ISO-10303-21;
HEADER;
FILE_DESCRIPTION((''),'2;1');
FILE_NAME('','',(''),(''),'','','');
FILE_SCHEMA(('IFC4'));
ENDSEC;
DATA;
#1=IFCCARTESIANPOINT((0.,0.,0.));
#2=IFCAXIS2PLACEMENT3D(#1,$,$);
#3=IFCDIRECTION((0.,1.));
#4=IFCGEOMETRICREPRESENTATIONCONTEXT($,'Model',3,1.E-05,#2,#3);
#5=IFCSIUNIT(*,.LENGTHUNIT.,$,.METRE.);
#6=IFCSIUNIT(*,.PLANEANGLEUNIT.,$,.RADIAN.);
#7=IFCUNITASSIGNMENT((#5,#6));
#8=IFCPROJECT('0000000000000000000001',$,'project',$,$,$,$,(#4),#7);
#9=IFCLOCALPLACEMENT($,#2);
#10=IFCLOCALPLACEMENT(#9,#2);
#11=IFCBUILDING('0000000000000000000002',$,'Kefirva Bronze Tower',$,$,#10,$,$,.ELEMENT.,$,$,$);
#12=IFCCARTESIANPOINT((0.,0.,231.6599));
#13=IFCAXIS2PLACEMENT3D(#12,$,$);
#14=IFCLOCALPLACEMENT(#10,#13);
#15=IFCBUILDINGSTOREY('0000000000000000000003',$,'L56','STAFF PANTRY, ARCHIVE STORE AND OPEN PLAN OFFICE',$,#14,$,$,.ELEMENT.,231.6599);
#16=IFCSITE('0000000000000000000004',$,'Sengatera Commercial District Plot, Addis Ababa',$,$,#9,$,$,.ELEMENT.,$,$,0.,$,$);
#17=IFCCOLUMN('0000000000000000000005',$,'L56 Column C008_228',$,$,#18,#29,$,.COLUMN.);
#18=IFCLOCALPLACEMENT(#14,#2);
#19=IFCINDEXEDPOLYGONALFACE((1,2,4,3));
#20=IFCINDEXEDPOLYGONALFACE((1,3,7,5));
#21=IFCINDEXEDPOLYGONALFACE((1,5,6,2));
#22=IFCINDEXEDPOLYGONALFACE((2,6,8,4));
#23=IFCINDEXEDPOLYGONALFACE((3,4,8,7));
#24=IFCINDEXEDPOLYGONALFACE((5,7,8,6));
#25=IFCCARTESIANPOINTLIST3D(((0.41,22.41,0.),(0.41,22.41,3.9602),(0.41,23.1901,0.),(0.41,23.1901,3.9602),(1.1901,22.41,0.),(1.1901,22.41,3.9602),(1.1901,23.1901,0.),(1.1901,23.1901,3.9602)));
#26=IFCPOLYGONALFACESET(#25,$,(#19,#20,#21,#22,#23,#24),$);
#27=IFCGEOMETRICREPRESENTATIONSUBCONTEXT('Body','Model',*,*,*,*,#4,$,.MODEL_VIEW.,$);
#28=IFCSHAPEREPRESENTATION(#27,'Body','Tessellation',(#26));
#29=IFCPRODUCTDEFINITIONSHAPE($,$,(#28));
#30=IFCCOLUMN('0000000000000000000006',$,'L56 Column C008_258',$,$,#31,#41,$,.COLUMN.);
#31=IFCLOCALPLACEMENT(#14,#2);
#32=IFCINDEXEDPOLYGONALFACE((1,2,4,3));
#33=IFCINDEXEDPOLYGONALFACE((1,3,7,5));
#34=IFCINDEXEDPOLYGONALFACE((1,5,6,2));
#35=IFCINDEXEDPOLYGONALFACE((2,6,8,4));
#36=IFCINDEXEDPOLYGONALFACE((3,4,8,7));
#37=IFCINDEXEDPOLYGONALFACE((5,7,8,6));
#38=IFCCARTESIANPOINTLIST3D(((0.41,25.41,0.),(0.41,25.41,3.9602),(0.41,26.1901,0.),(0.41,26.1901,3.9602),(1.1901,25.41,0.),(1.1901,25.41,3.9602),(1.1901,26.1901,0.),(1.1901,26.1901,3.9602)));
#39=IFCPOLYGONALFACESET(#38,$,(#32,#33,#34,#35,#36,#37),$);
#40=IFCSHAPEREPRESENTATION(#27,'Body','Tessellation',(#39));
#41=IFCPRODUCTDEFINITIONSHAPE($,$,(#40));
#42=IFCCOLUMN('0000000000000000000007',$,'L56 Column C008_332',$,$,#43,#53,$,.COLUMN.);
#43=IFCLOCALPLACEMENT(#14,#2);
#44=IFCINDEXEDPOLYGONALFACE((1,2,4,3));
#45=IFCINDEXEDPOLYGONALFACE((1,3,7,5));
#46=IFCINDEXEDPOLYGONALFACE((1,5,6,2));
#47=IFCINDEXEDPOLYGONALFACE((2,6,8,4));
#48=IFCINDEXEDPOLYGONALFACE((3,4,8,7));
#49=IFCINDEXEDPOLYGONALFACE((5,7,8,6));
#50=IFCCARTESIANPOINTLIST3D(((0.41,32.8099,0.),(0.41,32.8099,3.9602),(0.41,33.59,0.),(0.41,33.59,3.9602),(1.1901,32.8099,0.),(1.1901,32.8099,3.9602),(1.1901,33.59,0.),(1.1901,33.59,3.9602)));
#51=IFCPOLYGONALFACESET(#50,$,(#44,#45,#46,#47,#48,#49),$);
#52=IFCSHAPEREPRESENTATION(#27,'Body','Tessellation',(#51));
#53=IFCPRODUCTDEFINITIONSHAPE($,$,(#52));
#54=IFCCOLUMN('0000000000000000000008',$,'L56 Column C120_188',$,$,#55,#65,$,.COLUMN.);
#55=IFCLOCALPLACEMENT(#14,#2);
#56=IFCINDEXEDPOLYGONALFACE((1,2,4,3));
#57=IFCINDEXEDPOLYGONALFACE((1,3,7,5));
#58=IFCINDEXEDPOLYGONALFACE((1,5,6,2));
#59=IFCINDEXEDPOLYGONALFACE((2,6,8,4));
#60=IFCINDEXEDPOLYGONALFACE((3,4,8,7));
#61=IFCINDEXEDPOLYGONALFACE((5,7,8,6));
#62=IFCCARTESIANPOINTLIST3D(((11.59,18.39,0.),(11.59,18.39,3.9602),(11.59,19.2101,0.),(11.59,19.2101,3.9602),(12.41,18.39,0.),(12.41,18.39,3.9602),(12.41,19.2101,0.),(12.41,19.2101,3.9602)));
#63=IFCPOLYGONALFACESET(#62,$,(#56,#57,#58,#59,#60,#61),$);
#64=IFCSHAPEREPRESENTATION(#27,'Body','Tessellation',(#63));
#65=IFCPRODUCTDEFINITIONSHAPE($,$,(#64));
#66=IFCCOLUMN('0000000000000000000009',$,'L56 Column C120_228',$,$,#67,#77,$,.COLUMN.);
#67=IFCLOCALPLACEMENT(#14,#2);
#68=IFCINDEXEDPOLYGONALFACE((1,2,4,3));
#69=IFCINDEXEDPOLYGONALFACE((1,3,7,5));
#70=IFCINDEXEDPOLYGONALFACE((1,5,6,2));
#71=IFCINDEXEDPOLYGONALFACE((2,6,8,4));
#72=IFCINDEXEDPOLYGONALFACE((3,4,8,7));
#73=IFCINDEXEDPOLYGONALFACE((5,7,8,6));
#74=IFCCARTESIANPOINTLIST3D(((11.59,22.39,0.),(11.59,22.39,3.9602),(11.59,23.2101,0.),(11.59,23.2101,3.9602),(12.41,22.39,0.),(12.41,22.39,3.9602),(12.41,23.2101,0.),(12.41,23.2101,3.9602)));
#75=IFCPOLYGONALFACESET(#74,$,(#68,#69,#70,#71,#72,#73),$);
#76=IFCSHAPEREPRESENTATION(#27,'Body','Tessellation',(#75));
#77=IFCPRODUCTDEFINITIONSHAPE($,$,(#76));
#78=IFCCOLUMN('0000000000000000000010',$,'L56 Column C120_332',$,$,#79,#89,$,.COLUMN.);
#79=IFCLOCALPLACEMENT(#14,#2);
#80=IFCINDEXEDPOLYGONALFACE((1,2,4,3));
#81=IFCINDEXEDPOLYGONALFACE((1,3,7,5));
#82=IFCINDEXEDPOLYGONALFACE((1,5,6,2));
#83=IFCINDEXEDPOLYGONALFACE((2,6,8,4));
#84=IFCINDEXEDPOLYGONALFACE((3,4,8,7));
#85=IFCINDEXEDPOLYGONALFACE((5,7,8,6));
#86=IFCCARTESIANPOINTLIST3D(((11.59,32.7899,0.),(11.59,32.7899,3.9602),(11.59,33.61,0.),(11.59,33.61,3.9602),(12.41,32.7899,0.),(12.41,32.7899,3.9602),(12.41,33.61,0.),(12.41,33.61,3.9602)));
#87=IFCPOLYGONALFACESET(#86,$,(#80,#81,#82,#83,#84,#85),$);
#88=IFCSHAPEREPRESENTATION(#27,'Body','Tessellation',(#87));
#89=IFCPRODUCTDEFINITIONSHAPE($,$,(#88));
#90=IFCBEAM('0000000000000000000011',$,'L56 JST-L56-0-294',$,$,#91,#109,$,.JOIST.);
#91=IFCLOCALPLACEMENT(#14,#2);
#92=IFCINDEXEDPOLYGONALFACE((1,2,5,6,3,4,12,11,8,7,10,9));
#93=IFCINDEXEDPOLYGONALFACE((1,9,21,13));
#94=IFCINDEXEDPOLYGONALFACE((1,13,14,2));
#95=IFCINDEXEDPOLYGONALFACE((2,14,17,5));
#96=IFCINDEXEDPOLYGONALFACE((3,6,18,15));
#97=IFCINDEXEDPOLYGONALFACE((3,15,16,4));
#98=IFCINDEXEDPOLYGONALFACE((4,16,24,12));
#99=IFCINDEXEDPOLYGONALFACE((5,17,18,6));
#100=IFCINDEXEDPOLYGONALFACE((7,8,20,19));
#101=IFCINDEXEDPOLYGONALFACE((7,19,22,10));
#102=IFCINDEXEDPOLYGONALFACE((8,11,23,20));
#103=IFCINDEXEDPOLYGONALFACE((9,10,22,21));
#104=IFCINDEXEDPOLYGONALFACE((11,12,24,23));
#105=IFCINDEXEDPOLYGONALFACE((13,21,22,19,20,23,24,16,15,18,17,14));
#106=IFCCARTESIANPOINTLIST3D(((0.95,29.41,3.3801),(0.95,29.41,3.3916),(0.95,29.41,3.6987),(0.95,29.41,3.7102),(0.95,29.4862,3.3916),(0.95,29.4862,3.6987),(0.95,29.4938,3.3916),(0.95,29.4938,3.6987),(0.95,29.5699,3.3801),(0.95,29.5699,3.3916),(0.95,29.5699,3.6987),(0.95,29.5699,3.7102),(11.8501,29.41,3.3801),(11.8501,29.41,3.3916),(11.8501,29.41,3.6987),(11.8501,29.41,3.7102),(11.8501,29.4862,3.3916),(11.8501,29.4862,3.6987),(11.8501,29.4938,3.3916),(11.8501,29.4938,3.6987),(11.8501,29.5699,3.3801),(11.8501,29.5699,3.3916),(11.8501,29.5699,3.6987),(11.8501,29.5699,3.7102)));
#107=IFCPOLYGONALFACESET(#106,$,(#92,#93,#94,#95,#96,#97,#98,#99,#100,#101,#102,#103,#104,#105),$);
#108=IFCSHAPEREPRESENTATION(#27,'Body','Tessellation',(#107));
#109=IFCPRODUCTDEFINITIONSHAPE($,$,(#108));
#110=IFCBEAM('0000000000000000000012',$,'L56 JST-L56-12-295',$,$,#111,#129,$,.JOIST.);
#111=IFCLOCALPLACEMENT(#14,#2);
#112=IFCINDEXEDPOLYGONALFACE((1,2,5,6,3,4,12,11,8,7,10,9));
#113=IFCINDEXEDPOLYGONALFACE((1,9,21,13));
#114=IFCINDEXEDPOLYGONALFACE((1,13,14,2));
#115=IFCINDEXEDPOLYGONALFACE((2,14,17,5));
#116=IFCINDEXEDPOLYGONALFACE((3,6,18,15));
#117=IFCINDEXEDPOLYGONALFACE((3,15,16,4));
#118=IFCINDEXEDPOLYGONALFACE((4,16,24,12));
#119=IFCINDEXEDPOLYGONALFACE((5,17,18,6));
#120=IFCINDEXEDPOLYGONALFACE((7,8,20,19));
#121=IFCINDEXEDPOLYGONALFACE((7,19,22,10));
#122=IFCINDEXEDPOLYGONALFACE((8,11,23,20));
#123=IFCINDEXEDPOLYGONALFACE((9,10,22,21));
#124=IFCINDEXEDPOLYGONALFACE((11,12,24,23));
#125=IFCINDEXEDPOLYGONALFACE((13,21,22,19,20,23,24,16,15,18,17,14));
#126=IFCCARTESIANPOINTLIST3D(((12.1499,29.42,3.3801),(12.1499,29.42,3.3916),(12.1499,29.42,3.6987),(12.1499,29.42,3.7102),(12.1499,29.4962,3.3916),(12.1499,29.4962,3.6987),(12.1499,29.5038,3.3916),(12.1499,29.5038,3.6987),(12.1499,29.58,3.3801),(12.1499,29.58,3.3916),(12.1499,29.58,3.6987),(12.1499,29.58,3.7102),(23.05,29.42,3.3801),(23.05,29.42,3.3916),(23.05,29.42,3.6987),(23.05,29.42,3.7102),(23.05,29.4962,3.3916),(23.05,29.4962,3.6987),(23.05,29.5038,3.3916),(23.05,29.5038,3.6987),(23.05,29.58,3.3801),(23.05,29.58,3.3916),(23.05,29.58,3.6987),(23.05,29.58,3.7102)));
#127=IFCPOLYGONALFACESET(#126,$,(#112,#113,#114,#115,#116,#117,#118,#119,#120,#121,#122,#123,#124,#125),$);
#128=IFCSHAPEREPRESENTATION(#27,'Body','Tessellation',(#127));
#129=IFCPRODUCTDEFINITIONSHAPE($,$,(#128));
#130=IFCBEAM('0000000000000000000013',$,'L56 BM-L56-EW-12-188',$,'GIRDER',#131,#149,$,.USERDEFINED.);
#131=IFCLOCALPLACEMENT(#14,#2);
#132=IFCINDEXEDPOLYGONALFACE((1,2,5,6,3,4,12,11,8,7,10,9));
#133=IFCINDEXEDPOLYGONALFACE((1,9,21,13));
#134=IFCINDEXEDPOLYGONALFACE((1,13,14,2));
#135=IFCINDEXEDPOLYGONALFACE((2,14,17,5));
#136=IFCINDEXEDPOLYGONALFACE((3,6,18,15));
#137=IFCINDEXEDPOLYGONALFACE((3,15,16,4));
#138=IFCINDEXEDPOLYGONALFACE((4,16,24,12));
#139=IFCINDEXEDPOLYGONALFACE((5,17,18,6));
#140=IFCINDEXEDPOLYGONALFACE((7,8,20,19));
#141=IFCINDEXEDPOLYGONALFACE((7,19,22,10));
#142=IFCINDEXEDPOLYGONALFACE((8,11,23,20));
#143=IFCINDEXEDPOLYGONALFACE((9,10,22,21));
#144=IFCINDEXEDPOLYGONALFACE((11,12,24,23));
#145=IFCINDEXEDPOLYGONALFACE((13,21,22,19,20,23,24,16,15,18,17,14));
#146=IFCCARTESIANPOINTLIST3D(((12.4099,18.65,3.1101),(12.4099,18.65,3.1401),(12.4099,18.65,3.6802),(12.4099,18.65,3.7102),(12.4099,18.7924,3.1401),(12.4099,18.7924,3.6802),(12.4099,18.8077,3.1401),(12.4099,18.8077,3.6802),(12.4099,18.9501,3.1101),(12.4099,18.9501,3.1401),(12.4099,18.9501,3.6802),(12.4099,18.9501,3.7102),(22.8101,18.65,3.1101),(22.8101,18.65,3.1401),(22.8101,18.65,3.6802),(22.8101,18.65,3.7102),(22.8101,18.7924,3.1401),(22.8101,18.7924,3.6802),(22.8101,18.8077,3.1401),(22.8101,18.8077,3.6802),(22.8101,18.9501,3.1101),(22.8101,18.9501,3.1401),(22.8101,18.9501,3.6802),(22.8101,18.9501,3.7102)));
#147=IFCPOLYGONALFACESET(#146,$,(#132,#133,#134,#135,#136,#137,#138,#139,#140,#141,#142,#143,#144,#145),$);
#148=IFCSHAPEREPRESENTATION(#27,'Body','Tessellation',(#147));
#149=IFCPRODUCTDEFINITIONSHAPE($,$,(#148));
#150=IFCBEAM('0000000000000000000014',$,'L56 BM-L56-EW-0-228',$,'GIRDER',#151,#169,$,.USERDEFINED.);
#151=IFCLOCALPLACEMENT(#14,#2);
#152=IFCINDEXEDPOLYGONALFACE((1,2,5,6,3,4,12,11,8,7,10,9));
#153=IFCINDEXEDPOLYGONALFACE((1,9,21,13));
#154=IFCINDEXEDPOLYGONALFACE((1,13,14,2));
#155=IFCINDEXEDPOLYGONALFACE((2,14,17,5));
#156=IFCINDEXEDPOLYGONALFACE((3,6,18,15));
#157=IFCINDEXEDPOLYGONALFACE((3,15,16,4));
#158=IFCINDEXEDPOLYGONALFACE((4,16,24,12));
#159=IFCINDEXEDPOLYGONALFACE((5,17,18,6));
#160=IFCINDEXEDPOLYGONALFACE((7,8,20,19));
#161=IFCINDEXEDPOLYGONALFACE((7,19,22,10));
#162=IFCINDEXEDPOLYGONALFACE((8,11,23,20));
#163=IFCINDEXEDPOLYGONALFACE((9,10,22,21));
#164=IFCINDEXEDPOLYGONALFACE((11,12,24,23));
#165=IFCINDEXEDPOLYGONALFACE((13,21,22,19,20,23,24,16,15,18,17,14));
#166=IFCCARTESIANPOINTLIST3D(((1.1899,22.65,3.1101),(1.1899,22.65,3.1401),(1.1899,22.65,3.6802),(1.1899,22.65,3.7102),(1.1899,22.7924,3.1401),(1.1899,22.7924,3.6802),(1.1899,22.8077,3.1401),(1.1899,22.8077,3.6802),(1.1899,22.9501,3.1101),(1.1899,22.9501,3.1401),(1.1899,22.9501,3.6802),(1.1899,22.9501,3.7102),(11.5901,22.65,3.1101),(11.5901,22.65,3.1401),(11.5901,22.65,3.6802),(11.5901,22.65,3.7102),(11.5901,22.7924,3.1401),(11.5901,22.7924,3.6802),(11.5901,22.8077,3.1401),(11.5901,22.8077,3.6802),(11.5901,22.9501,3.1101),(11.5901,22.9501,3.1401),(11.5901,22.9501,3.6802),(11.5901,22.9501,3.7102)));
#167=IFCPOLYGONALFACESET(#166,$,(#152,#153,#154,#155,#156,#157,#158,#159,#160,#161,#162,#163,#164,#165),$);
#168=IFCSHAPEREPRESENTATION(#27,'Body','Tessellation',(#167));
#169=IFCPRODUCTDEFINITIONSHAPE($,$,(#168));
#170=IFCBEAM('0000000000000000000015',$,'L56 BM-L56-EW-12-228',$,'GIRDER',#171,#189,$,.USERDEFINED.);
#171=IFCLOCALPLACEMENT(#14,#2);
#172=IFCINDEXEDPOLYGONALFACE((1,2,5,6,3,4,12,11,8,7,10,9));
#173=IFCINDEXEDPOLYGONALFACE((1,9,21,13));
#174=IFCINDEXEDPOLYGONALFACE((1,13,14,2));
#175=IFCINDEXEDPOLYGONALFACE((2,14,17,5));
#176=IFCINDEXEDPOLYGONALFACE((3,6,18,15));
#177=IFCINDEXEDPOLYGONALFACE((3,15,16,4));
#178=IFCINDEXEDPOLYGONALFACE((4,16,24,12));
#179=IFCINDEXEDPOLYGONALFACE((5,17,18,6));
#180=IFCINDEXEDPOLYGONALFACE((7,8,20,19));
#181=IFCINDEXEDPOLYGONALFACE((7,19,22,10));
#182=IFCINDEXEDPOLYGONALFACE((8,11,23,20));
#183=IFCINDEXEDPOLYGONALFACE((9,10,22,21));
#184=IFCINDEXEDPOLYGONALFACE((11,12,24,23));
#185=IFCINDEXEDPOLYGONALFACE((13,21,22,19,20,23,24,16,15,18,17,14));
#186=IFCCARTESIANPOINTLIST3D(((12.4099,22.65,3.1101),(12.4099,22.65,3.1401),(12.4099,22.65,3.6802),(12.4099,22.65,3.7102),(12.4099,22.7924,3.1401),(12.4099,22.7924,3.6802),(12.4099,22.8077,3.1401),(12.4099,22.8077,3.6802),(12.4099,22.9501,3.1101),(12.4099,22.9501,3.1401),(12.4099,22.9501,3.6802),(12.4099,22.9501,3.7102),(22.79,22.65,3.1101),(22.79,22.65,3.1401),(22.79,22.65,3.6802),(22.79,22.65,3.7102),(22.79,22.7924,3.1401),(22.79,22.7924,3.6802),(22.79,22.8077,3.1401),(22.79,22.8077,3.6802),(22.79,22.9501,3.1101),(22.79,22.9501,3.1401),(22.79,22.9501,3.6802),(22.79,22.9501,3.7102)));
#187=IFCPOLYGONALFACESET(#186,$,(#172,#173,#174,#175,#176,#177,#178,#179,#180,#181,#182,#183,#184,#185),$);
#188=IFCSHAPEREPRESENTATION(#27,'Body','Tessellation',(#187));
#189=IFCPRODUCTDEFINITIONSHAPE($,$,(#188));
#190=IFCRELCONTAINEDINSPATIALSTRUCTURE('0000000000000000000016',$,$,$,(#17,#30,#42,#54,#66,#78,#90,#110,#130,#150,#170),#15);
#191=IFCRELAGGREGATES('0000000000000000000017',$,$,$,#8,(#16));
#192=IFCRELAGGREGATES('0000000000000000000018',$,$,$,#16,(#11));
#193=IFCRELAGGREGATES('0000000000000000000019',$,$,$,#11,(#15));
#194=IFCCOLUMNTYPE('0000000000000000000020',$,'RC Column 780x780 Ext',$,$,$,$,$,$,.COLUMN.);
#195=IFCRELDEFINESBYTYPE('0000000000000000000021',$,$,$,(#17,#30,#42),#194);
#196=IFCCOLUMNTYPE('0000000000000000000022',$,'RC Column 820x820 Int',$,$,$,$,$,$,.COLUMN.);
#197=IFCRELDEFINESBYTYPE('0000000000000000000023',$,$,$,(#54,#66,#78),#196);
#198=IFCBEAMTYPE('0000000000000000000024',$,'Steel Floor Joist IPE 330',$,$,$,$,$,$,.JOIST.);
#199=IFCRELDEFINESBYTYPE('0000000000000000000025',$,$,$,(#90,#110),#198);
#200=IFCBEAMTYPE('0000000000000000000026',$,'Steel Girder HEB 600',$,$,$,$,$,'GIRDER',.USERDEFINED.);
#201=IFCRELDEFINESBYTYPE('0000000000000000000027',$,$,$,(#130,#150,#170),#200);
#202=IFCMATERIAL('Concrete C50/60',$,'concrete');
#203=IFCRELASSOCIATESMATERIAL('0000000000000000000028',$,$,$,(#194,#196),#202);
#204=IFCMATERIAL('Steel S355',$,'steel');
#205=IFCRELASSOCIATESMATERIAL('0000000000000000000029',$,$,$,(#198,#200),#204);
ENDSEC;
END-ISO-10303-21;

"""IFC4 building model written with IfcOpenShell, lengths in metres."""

from ifc_helpers import new_model, si_unit, direction, frame, origin, origin_2d, place, context, subcontext, project, spatial, rectangle, i_section, extrude, material, material_profile, profile_set, type_object, element, save


model = new_model("IFC4")

# Units and contexts
model_context = context("Model", 3, precision=1e-05, world=origin(), true_north=direction((0.0, 1.0)))
body_context = subcontext(model_context, "Body", "Model", "MODEL_VIEW")
ifc_project = project(units=[si_unit("LENGTHUNIT", "METRE"), si_unit("PLANEANGLEUNIT", "RADIAN")], contexts=[model_context])

# Site, building, storey
site_placement = place(None, origin())
site = spatial("IfcSite", under=ifc_project, at=site_placement, Name="Sengatera Commercial District Plot, Addis Ababa", CompositionType="ELEMENT", RefElevation=0.0)
building_placement = place(site_placement, origin())
building = spatial("IfcBuilding", under=site, at=building_placement, Name="Kefirva Bronze Tower", CompositionType="ELEMENT")
storey_placement = place(building_placement, frame((0.0, 0.0, 231.6599)))
storey = spatial("IfcBuildingStorey", under=building, at=storey_placement, Name="L56", Description="STAFF PANTRY, ARCHIVE STORE AND OPEN PLAN OFFICE", CompositionType="ELEMENT", Elevation=231.6599)

# Columns
ifc_material_1 = material(Name="Concrete C50/60", Category="concrete")
ifc_material_profile_1 = material_profile(ifc_material_1, rectangle(XDim=0.78, YDim=0.78, at=origin_2d()), Name="RC 780x780")
ifc_profile_set_1 = profile_set([ifc_material_profile_1], Name="Concrete C50/60")
column_type_1 = type_object("IfcColumnType", Name="RC Column 780x780 Ext", PredefinedType="COLUMN", material=ifc_profile_set_1)
for number, where, z_axis, x_axis, name in (
    (1, (0.8, 22.8, 0.0), (0.0, 0.0, 1.0), (1.0, 0.0, 0.0), "L56 Column C008_228"),
    (2, (0.8, 25.8, 0.0), (0.0, 0.0, 1.0), (1.0, 0.0, 0.0), "L56 Column C008_258"),
    (3, (0.8, 33.2, 0.0), (0.0, 0.0, 1.0), (1.0, 0.0, 0.0), "L56 Column C008_332"),
):
    element("IfcColumn", number, at=place(storey_placement, frame(where, z_axis=z_axis, x_axis=x_axis)), inside=storey, type_object=column_type_1, Name=name, PredefinedType="COLUMN", context=body_context, shape_type="SweptSolid", body=[
        extrude(rectangle(XDim=0.78, YDim=0.78, at=origin_2d()), origin(), (0.0, 0.0, 1.0), 3.9602),
    ])
ifc_material_profile_2 = material_profile(ifc_material_1, rectangle(XDim=0.8201, YDim=0.8201, at=origin_2d()), Name="RC 820x820")
ifc_profile_set_2 = profile_set([ifc_material_profile_2], Name="Concrete C50/60")
column_type_2 = type_object("IfcColumnType", Name="RC Column 820x820 Int", PredefinedType="COLUMN", material=ifc_profile_set_2)
for number, where, z_axis, x_axis, name in (
    (4, (12.0, 18.8, 0.0), (0.0, 0.0, 1.0), (1.0, 0.0, 0.0), "L56 Column C120_188"),
    (5, (12.0, 22.8, 0.0), (0.0, 0.0, 1.0), (1.0, 0.0, 0.0), "L56 Column C120_228"),
    (6, (12.0, 33.2, 0.0), (0.0, 0.0, 1.0), (1.0, 0.0, 0.0), "L56 Column C120_332"),
):
    element("IfcColumn", number, at=place(storey_placement, frame(where, z_axis=z_axis, x_axis=x_axis)), inside=storey, type_object=column_type_2, Name=name, PredefinedType="COLUMN", context=body_context, shape_type="SweptSolid", body=[
        extrude(rectangle(XDim=0.8201, YDim=0.8201, at=origin_2d()), origin(), (0.0, 0.0, 1.0), 3.9602),
    ])

# Beams
ifc_material_2 = material(Name="Steel S355", Category="steel")
ifc_material_profile_3 = material_profile(ifc_material_2, i_section(OverallWidth=0.1599, OverallDepth=0.3301, WebThickness=0.0076, FlangeThickness=0.0115, at=origin_2d()), Name="IPE 330")
ifc_profile_set_3 = profile_set([ifc_material_profile_3], Name="Steel S355")
beam_type_1 = type_object("IfcBeamType", Name="Steel Floor Joist IPE 330", PredefinedType="JOIST", material=ifc_profile_set_3)
for number, where, z_axis, x_axis, name in (
    (7, (0.95, 29.49, 3.5452), (1.0, 0.0, 0.0), (0.0, 1.0, 0.0), "L56 JST-L56-0-294"),
    (8, (12.1499, 29.5, 3.5452), (1.0, 0.0, 0.0), (0.0, 1.0, 0.0), "L56 JST-L56-12-295"),
):
    element("IfcBeam", number, at=place(storey_placement, frame(where, z_axis=z_axis, x_axis=x_axis)), inside=storey, type_object=beam_type_1, Name=name, PredefinedType="JOIST", context=body_context, shape_type="SweptSolid", body=[
        extrude(i_section(OverallWidth=0.1599, OverallDepth=0.3301, WebThickness=0.0076, FlangeThickness=0.0115, at=origin_2d()), origin(), (0.0, 0.0, 1.0), 10.9001),
    ])
ifc_material_profile_4 = material_profile(ifc_material_2, i_section(OverallWidth=0.3, OverallDepth=0.6001, WebThickness=0.0154, FlangeThickness=0.03, at=origin_2d()), Name="HEB 600")
ifc_profile_set_4 = profile_set([ifc_material_profile_4], Name="Steel S355")
beam_type_2 = type_object("IfcBeamType", Name="Steel Girder HEB 600", ElementType="GIRDER", PredefinedType="USERDEFINED", material=ifc_profile_set_4)
for number, where, z_axis, x_axis, name in (
    (9, (12.4099, 18.8, 3.4102), (1.0, 0.0, 0.0), (0.0, 1.0, 0.0), "L56 BM-L56-EW-12-188"),
    (10, (1.1899, 22.8, 3.4102), (1.0, 0.0, 0.0), (0.0, 1.0, 0.0), "L56 BM-L56-EW-0-228"),
):
    element("IfcBeam", number, at=place(storey_placement, frame(where, z_axis=z_axis, x_axis=x_axis)), inside=storey, type_object=beam_type_2, Name=name, ObjectType="GIRDER", PredefinedType="USERDEFINED", context=body_context, shape_type="SweptSolid", body=[
        extrude(i_section(OverallWidth=0.3, OverallDepth=0.6001, WebThickness=0.0154, FlangeThickness=0.03, at=origin_2d()), origin(), (0.0, 0.0, 1.0), 10.4001),
    ])
beam_1_placement = place(storey_placement, frame((12.4099, 22.8, 3.4102), z_axis=(1.0, 0.0, 0.0), x_axis=(0.0, 1.0, 0.0)))
element("IfcBeam", 11, at=beam_1_placement, inside=storey, type_object=beam_type_2, Name="L56 BM-L56-EW-12-228", ObjectType="GIRDER", PredefinedType="USERDEFINED", context=body_context, shape_type="SweptSolid", body=[
    extrude(i_section(OverallWidth=0.3, OverallDepth=0.6001, WebThickness=0.0154, FlangeThickness=0.03, at=origin_2d()), origin(), (0.0, 0.0, 1.0), 10.3801),
])

save(model, "model.ifc")
